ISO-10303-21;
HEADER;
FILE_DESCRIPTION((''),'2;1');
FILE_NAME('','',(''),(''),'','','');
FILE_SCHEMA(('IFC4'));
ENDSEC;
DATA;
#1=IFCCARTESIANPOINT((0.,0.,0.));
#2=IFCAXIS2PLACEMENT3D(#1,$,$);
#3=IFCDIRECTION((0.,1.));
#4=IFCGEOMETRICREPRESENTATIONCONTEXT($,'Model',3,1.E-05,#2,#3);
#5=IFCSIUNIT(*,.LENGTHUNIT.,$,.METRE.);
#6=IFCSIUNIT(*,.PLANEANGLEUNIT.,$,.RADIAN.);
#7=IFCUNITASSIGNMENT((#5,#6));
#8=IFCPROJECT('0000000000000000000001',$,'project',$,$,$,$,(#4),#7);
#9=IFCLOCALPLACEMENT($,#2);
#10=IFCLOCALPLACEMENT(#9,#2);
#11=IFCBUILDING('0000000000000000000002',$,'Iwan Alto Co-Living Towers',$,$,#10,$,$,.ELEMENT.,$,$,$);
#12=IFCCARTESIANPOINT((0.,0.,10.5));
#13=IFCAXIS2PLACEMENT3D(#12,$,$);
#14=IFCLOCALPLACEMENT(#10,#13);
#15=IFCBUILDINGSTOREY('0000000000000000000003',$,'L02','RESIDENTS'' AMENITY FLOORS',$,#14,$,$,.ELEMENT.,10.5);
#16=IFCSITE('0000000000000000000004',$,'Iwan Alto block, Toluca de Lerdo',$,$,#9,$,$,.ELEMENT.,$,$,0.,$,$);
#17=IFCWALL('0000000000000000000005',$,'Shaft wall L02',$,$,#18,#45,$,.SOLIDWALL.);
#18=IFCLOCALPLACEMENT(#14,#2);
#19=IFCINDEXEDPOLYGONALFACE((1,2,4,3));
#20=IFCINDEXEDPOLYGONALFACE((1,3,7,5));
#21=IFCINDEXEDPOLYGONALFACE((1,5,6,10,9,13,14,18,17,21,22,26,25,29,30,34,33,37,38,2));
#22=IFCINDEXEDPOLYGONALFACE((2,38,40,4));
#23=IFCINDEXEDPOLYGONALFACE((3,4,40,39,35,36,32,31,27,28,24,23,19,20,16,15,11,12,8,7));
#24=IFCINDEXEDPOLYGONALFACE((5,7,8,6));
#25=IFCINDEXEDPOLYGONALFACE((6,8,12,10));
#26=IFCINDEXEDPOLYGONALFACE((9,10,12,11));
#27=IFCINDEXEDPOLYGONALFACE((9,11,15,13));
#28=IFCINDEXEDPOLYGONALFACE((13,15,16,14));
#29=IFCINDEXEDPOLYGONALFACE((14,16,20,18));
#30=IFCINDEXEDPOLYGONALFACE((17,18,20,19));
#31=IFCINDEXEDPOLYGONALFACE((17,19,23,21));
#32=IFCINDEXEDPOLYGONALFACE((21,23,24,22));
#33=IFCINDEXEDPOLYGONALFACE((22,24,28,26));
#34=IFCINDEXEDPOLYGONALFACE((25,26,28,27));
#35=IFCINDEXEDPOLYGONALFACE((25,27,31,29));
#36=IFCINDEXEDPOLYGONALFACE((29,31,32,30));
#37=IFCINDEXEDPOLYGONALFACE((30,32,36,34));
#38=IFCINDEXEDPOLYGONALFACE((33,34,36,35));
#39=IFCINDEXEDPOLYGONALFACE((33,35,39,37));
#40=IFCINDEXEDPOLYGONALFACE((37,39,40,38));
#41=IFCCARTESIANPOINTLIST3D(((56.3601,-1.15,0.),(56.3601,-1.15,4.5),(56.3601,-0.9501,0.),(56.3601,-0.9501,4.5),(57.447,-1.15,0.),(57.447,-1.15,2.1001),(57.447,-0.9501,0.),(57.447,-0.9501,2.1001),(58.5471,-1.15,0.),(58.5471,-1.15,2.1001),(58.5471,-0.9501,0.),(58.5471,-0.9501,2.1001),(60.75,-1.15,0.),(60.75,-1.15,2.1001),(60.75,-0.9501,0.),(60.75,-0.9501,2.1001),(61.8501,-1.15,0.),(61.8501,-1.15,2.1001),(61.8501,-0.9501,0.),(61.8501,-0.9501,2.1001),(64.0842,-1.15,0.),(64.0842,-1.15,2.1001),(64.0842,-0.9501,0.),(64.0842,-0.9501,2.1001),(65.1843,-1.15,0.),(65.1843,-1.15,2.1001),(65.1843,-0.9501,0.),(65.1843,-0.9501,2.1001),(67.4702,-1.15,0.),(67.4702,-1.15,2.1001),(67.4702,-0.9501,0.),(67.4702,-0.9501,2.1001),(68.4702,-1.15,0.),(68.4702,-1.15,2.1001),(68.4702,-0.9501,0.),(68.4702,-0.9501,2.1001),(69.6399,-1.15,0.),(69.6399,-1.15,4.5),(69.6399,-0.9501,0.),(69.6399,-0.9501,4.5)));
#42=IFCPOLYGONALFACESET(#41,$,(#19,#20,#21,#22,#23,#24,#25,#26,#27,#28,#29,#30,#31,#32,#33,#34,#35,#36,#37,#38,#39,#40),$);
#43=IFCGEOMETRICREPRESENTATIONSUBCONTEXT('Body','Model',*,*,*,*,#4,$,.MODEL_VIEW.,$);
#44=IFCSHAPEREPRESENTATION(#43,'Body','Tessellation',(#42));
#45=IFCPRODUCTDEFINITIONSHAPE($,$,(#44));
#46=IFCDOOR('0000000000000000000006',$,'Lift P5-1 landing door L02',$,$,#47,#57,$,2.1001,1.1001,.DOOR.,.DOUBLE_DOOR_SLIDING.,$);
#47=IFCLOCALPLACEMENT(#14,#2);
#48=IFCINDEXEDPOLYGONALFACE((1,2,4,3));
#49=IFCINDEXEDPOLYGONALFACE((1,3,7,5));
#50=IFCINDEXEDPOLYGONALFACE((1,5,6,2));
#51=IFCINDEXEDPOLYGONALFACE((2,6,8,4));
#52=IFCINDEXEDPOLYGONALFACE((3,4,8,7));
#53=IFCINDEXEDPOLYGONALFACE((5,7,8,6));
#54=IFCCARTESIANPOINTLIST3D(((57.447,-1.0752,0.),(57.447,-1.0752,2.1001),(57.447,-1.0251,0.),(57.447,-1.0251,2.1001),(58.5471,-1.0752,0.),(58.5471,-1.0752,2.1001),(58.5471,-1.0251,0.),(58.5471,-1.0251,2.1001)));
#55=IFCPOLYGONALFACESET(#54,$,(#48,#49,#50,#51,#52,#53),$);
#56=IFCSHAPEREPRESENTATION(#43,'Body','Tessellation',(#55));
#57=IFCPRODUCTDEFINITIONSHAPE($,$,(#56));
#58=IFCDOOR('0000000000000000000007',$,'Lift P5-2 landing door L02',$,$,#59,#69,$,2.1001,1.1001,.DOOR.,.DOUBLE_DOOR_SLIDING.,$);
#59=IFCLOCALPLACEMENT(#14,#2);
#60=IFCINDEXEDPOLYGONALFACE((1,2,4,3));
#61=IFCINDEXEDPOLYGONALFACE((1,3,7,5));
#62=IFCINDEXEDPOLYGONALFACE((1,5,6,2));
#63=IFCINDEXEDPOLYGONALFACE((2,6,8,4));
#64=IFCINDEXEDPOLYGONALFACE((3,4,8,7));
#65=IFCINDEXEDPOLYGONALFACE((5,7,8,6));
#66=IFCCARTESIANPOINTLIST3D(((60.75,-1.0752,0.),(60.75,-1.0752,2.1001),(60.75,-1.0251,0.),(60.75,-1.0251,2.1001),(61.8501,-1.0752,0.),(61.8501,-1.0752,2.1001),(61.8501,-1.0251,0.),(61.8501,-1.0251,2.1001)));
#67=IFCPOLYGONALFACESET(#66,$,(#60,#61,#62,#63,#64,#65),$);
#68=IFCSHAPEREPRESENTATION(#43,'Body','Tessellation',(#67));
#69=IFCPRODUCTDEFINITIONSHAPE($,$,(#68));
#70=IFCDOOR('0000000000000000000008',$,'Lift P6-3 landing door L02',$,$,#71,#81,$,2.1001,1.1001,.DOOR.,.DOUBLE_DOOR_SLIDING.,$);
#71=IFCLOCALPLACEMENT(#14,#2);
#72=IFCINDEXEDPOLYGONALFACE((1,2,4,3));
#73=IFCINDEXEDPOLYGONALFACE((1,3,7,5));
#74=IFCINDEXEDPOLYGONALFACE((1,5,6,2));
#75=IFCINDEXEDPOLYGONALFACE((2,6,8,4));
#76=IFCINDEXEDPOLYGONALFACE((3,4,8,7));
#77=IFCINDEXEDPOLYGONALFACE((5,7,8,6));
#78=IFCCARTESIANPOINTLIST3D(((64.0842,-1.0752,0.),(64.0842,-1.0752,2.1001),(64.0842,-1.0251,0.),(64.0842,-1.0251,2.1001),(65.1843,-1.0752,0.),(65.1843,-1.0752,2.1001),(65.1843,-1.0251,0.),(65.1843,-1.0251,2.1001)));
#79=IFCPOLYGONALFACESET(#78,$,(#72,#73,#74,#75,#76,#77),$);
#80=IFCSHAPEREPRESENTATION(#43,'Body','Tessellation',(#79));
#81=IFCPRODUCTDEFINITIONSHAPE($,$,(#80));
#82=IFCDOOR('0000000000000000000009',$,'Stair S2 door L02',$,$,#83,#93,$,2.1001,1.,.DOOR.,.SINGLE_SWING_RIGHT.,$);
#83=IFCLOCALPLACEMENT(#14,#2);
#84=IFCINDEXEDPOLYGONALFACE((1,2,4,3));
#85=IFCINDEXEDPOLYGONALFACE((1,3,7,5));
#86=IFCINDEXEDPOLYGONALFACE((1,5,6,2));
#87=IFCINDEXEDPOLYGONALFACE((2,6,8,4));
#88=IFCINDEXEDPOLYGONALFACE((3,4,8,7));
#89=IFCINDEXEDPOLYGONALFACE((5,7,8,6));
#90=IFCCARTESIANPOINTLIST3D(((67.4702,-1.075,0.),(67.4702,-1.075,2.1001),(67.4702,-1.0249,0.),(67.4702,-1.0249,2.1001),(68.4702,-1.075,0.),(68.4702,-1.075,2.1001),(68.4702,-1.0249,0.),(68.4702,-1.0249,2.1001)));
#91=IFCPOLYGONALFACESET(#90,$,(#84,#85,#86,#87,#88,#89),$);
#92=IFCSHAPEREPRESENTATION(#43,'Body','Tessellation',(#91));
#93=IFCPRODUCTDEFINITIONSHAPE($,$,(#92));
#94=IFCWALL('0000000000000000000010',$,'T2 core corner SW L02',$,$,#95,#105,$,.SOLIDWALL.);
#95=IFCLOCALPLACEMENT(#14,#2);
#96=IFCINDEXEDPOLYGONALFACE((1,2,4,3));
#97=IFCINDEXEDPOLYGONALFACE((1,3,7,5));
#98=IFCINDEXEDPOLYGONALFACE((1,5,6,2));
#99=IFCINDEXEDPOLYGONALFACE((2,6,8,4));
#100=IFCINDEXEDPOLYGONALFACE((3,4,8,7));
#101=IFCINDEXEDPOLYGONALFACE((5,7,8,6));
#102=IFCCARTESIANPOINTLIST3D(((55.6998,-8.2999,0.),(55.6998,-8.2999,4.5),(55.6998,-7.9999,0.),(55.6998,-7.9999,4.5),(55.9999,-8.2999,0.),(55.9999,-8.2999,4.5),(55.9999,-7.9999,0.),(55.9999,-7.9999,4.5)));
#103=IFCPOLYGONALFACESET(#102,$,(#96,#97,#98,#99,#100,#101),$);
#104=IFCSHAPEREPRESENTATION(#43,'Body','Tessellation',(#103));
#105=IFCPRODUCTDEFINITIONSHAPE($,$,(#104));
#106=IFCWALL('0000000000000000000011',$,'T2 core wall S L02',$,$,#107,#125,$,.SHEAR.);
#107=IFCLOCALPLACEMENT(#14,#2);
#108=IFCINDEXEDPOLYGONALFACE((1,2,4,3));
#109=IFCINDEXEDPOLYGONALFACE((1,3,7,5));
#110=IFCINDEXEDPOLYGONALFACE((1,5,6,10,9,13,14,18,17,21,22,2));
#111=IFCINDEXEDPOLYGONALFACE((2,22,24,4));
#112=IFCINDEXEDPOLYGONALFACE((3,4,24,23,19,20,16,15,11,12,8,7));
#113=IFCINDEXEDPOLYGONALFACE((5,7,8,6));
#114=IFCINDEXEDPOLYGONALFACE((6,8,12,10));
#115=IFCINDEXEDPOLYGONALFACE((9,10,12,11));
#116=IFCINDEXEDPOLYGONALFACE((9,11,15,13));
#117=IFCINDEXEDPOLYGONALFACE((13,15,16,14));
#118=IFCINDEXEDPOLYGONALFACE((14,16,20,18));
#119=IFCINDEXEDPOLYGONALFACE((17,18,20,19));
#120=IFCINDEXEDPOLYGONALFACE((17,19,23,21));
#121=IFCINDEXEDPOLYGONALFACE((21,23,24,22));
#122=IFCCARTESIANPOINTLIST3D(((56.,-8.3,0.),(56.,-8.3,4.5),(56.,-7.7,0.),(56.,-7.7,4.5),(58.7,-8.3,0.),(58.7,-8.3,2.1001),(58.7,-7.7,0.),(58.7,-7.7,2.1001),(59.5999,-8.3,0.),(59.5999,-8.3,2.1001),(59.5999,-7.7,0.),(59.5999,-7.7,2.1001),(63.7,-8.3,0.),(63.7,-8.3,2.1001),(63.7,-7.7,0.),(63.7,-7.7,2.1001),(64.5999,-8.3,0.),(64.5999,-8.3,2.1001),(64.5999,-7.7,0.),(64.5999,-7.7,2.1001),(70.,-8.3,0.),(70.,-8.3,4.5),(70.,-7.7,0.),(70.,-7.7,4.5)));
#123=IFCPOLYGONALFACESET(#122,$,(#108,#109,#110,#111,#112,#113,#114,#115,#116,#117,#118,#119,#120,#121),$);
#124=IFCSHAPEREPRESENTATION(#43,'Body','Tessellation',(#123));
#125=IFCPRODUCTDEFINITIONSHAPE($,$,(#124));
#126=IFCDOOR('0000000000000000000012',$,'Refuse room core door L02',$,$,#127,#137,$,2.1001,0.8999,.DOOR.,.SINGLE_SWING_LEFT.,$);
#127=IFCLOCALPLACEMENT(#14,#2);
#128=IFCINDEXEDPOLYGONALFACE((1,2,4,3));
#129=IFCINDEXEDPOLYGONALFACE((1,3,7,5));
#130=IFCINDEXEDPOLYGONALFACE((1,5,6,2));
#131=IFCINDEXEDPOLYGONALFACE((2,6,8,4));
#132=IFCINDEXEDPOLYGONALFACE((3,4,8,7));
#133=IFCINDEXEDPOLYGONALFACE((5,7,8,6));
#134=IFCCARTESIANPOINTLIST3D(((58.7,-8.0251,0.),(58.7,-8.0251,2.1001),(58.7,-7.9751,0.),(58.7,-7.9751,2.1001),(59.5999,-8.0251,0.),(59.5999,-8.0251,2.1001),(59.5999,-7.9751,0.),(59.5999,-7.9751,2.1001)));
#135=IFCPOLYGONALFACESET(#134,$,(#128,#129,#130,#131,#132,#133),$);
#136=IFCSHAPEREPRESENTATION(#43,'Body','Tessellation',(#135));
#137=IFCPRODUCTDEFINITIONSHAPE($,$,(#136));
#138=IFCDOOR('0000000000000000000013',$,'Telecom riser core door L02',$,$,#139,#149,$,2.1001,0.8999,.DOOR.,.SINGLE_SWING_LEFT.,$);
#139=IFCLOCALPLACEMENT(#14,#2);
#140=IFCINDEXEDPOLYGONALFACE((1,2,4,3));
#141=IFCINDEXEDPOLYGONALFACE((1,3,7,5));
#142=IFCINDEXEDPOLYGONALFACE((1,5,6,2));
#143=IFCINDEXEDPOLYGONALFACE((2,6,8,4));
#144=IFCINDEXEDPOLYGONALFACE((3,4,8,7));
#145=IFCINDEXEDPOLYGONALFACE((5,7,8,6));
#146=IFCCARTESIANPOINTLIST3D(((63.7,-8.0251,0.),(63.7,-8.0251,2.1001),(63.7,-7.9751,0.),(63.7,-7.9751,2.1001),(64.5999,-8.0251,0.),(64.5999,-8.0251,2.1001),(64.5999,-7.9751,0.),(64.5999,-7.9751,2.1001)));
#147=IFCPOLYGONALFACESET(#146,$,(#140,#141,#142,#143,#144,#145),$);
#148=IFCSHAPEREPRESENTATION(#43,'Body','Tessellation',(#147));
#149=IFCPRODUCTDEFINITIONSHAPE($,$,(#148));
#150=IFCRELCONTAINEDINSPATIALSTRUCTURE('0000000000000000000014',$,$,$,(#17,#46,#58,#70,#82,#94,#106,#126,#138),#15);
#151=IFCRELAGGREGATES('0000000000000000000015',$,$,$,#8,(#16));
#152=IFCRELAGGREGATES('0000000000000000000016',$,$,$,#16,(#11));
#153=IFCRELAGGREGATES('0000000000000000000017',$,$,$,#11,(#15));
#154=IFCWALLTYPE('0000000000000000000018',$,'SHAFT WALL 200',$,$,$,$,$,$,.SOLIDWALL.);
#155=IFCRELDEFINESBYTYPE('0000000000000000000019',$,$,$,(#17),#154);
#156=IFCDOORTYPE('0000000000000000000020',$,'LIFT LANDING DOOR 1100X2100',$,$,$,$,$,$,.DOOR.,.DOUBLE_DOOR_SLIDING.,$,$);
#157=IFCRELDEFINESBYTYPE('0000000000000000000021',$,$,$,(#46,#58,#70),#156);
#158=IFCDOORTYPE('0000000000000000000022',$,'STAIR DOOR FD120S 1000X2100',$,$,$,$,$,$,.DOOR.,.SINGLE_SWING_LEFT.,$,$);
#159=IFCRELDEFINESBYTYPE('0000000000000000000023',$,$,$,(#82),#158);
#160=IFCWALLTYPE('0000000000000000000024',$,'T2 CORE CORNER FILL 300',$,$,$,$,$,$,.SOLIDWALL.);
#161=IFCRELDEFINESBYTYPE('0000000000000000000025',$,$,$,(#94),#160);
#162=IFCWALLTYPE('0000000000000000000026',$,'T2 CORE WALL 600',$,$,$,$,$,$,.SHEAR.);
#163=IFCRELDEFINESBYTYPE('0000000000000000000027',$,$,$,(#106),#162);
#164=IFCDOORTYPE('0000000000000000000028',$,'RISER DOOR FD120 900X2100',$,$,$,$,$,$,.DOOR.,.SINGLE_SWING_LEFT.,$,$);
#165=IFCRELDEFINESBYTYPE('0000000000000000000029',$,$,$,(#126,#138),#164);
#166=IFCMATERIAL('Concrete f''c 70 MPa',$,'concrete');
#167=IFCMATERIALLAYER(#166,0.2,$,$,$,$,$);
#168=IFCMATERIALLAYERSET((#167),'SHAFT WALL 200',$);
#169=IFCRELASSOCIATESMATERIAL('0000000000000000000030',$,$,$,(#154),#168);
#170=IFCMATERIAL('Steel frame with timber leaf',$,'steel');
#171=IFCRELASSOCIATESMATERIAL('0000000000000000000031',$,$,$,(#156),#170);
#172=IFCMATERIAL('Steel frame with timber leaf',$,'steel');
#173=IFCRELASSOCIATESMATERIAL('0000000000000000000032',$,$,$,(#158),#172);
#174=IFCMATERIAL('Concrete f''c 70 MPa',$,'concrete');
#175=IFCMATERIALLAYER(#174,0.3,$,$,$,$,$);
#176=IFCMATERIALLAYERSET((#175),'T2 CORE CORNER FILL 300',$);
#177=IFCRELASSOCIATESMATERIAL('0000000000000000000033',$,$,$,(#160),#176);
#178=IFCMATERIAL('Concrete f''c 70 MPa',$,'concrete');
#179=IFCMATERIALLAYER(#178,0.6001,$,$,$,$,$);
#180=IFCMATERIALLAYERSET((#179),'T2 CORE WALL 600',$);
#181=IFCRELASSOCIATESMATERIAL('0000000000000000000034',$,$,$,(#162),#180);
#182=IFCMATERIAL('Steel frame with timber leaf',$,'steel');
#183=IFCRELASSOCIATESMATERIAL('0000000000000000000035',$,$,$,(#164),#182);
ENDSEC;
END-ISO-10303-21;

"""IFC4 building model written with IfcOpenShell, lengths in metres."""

from ifc_helpers import new_model, si_unit, direction, frame, frame_2d, origin, place, context, subcontext, project, spatial, rectangle, extrude, material, layer, layer_set, type_object, element, fill, save


model = new_model("IFC4")

# Units and contexts
model_context = context("Model", 3, precision=1e-05, world=origin(), true_north=direction((0.0, 1.0)))
body_context = subcontext(model_context, "Body", "Model", "MODEL_VIEW")
ifc_project = project(units=[si_unit("LENGTHUNIT", "METRE"), si_unit("PLANEANGLEUNIT", "RADIAN")], contexts=[model_context])

# Site, building, storey
site_placement = place(None, origin())
site = spatial("IfcSite", under=ifc_project, at=site_placement, Name="Iwan Alto block, Toluca de Lerdo", CompositionType="ELEMENT", RefElevation=0.0)
building_placement = place(site_placement, origin())
building = spatial("IfcBuilding", under=site, at=building_placement, Name="Iwan Alto Co-Living Towers", CompositionType="ELEMENT")
storey_placement = place(building_placement, frame((0.0, 0.0, 10.5)))
storey = spatial("IfcBuildingStorey", under=building, at=storey_placement, Name="L02", Description="RESIDENTS' AMENITY FLOORS", CompositionType="ELEMENT", Elevation=10.5)

# Shared definitions
ifc_material_1 = material(Name="Concrete f'c 70 MPa", Category="concrete")
ifc_layer_1 = layer(ifc_material_1, 0.2)
ifc_layer_set_1 = layer_set([ifc_layer_1], Name="SHAFT WALL 200")
wall_type_1 = type_object("IfcWallType", Name="SHAFT WALL 200", PredefinedType="SOLIDWALL", material=ifc_layer_set_1)

# Wall, openings, doors
wall_1_placement = place(storey_placement, frame((56.3601, -1.05, 0.0), z_axis=(0.0, 0.0, 1.0), x_axis=(1.0, 0.0, 0.0)))
wall_1 = element("IfcWall", 1, at=wall_1_placement, inside=storey, type_object=wall_type_1, Name="Shaft wall L02", PredefinedType="SOLIDWALL", context=body_context, shape_type="SweptSolid", body=[
    extrude(rectangle(XDim=13.2798, YDim=0.2, at=frame_2d((6.6399, 0.0))), origin(), (0.0, 0.0, 1.0), 4.5),
])
opening_1_placement = place(wall_1_placement, frame((11.1101, 0.0, 0.0)))
opening_1 = element("IfcOpeningElement", 2, at=opening_1_placement, cuts=wall_1, PredefinedType="OPENING", context=body_context, shape_type="SweptSolid", body=[
    extrude(rectangle(XDim=1.0, YDim=2.1001, at=frame_2d((0.5, 1.05))), frame((0.0, 0.1099, 0.0), z_axis=(0.0, -1.0, 0.0), x_axis=(1.0, 0.0, 0.0)), (0.0, 0.0, 1.0), 0.22),
])
opening_2_placement = place(wall_1_placement, frame((1.0869, 0.0, 0.0)))
opening_2 = element("IfcOpeningElement", 3, at=opening_2_placement, cuts=wall_1, PredefinedType="OPENING", context=body_context, shape_type="SweptSolid", body=[
    extrude(rectangle(XDim=1.1001, YDim=2.1001, at=frame_2d((0.55, 1.05))), frame((0.0, 0.1099, 0.0), z_axis=(0.0, -1.0, 0.0), x_axis=(1.0, 0.0, 0.0)), (0.0, 0.0, 1.0), 0.22),
])
opening_3_placement = place(wall_1_placement, frame((4.3899, 0.0, 0.0)))
opening_3 = element("IfcOpeningElement", 4, at=opening_3_placement, cuts=wall_1, PredefinedType="OPENING", context=body_context, shape_type="SweptSolid", body=[
    extrude(rectangle(XDim=1.1001, YDim=2.1001, at=frame_2d((0.55, 1.05))), frame((0.0, 0.1099, 0.0), z_axis=(0.0, -1.0, 0.0), x_axis=(1.0, 0.0, 0.0)), (0.0, 0.0, 1.0), 0.22),
])
opening_4_placement = place(wall_1_placement, frame((7.7241, 0.0, 0.0)))
opening_4 = element("IfcOpeningElement", 5, at=opening_4_placement, cuts=wall_1, PredefinedType="OPENING", context=body_context, shape_type="SweptSolid", body=[
    extrude(rectangle(XDim=1.1001, YDim=2.1001, at=frame_2d((0.55, 1.05))), frame((0.0, 0.1099, 0.0), z_axis=(0.0, -1.0, 0.0), x_axis=(1.0, 0.0, 0.0)), (0.0, 0.0, 1.0), 0.22),
])
ifc_material_2 = material(Name="Steel frame with timber leaf", Category="steel")
door_type_1 = type_object("IfcDoorType", Name="LIFT LANDING DOOR 1100X2100", OperationType="DOUBLE_DOOR_SLIDING", PredefinedType="DOOR", material=ifc_material_2)
door_1_placement = place(opening_2_placement, origin())
door_1 = element("IfcDoor", 6, at=door_1_placement, inside=storey, type_object=door_type_1, Name="Lift P5-1 landing door L02", OperationType="DOUBLE_DOOR_SLIDING", OverallHeight=2.1001, OverallWidth=1.1001, PredefinedType="DOOR", context=body_context, shape_type="SweptSolid", body=[
    extrude(rectangle(XDim=1.1001, YDim=2.1001, at=frame_2d((0.55, 1.05))), frame((0.0, 0.0249, 0.0), z_axis=(0.0, -1.0, 0.0), x_axis=(1.0, 0.0, 0.0)), (0.0, 0.0, 1.0), 0.05),
])
fill(opening_2, door_1)
door_2_placement = place(opening_3_placement, origin())
door_2 = element("IfcDoor", 7, at=door_2_placement, inside=storey, type_object=door_type_1, Name="Lift P5-2 landing door L02", OperationType="DOUBLE_DOOR_SLIDING", OverallHeight=2.1001, OverallWidth=1.1001, PredefinedType="DOOR", context=body_context, shape_type="SweptSolid", body=[
    extrude(rectangle(XDim=1.1001, YDim=2.1001, at=frame_2d((0.55, 1.05))), frame((0.0, 0.0249, 0.0), z_axis=(0.0, -1.0, 0.0), x_axis=(1.0, 0.0, 0.0)), (0.0, 0.0, 1.0), 0.05),
])
fill(opening_3, door_2)
door_3_placement = place(opening_4_placement, origin())
door_3 = element("IfcDoor", 8, at=door_3_placement, inside=storey, type_object=door_type_1, Name="Lift P6-3 landing door L02", OperationType="DOUBLE_DOOR_SLIDING", OverallHeight=2.1001, OverallWidth=1.1001, PredefinedType="DOOR", context=body_context, shape_type="SweptSolid", body=[
    extrude(rectangle(XDim=1.1001, YDim=2.1001, at=frame_2d((0.55, 1.05))), frame((0.0, 0.0249, 0.0), z_axis=(0.0, -1.0, 0.0), x_axis=(1.0, 0.0, 0.0)), (0.0, 0.0, 1.0), 0.05),
])
fill(opening_4, door_3)
ifc_material_3 = material(Name="Steel frame with timber leaf", Category="steel")
door_type_2 = type_object("IfcDoorType", Name="STAIR DOOR FD120S 1000X2100", OperationType="SINGLE_SWING_LEFT", PredefinedType="DOOR", material=ifc_material_3)
door_4_placement = place(opening_1_placement, frame((1.0, 0.0, 0.0), z_axis=(0.0, 0.0, 1.0), x_axis=(-1.0, 0.0, 0.0)))
door_4 = element("IfcDoor", 9, at=door_4_placement, inside=storey, type_object=door_type_2, Name="Stair S2 door L02", OperationType="SINGLE_SWING_RIGHT", OverallHeight=2.1001, OverallWidth=1.0, PredefinedType="DOOR", context=body_context, shape_type="SweptSolid", body=[
    extrude(rectangle(XDim=1.0, YDim=2.1001, at=frame_2d((0.5, 1.05))), frame((0.0, 0.0249, 0.0), z_axis=(0.0, -1.0, 0.0), x_axis=(1.0, 0.0, 0.0)), (0.0, 0.0, 1.0), 0.05),
])
fill(opening_1, door_4)

# Wall
ifc_material_4 = material(Name="Concrete f'c 70 MPa", Category="concrete")
ifc_layer_2 = layer(ifc_material_4, 0.3)
ifc_layer_set_2 = layer_set([ifc_layer_2], Name="T2 CORE CORNER FILL 300")
wall_type_2 = type_object("IfcWallType", Name="T2 CORE CORNER FILL 300", PredefinedType="SOLIDWALL", material=ifc_layer_set_2)
wall_2_placement = place(storey_placement, frame((55.7, -8.1499, 0.0), z_axis=(0.0, 0.0, 1.0), x_axis=(1.0, 0.0, 0.0)))
element("IfcWall", 10, at=wall_2_placement, inside=storey, type_object=wall_type_2, Name="T2 core corner SW L02", PredefinedType="SOLIDWALL", context=body_context, shape_type="SweptSolid", body=[
    extrude(rectangle(XDim=0.3, YDim=0.3, at=frame_2d((0.1499, 0.0))), origin(), (0.0, 0.0, 1.0), 4.5),
])

# Wall, openings, doors
ifc_material_5 = material(Name="Concrete f'c 70 MPa", Category="concrete")
ifc_layer_3 = layer(ifc_material_5, 0.6001)
ifc_layer_set_3 = layer_set([ifc_layer_3], Name="T2 CORE WALL 600")
wall_type_3 = type_object("IfcWallType", Name="T2 CORE WALL 600", PredefinedType="SHEAR", material=ifc_layer_set_3)
wall_3_placement = place(storey_placement, frame((56.0, -8.0, 0.0), z_axis=(0.0, 0.0, 1.0), x_axis=(1.0, 0.0, 0.0)))
wall_3 = element("IfcWall", 11, at=wall_3_placement, inside=storey, type_object=wall_type_3, Name="T2 core wall S L02", PredefinedType="SHEAR", context=body_context, shape_type="SweptSolid", body=[
    extrude(rectangle(XDim=14.0, YDim=0.6001, at=frame_2d((7.0, 0.0))), origin(), (0.0, 0.0, 1.0), 4.5),
])
opening_5_placement = place(wall_3_placement, frame((2.7, 0.0, 0.0)))
opening_5 = element("IfcOpeningElement", 12, at=opening_5_placement, cuts=wall_3, PredefinedType="OPENING", context=body_context, shape_type="SweptSolid", body=[
    extrude(rectangle(XDim=0.8999, YDim=2.1001, at=frame_2d((0.45, 1.05))), frame((0.0, 0.3101, 0.0), z_axis=(0.0, -1.0, 0.0), x_axis=(1.0, 0.0, 0.0)), (0.0, 0.0, 1.0), 0.6201),
])
opening_6_placement = place(wall_3_placement, frame((7.7, 0.0, 0.0)))
opening_6 = element("IfcOpeningElement", 13, at=opening_6_placement, cuts=wall_3, PredefinedType="OPENING", context=body_context, shape_type="SweptSolid", body=[
    extrude(rectangle(XDim=0.8999, YDim=2.1001, at=frame_2d((0.45, 1.05))), frame((0.0, 0.3101, 0.0), z_axis=(0.0, -1.0, 0.0), x_axis=(1.0, 0.0, 0.0)), (0.0, 0.0, 1.0), 0.6201),
])
ifc_material_6 = material(Name="Steel frame with timber leaf", Category="steel")
door_type_3 = type_object("IfcDoorType", Name="RISER DOOR FD120 900X2100", OperationType="SINGLE_SWING_LEFT", PredefinedType="DOOR", material=ifc_material_6)
door_5_placement = place(opening_5_placement, origin())
door_5 = element("IfcDoor", 14, at=door_5_placement, inside=storey, type_object=door_type_3, Name="Refuse room core door L02", OperationType="SINGLE_SWING_LEFT", OverallHeight=2.1001, OverallWidth=0.8999, PredefinedType="DOOR", context=body_context, shape_type="SweptSolid", body=[
    extrude(rectangle(XDim=0.8999, YDim=2.1001, at=frame_2d((0.45, 1.05))), frame((0.0, 0.0249, 0.0), z_axis=(0.0, -1.0, 0.0), x_axis=(1.0, 0.0, 0.0)), (0.0, 0.0, 1.0), 0.05),
])
fill(opening_5, door_5)
door_6_placement = place(opening_6_placement, origin())
door_6 = element("IfcDoor", 15, at=door_6_placement, inside=storey, type_object=door_type_3, Name="Telecom riser core door L02", OperationType="SINGLE_SWING_LEFT", OverallHeight=2.1001, OverallWidth=0.8999, PredefinedType="DOOR", context=body_context, shape_type="SweptSolid", body=[
    extrude(rectangle(XDim=0.8999, YDim=2.1001, at=frame_2d((0.45, 1.05))), frame((0.0, 0.0249, 0.0), z_axis=(0.0, -1.0, 0.0), x_axis=(1.0, 0.0, 0.0)), (0.0, 0.0, 1.0), 0.05),
])
fill(opening_6, door_6)

save(model, "model.ifc")
